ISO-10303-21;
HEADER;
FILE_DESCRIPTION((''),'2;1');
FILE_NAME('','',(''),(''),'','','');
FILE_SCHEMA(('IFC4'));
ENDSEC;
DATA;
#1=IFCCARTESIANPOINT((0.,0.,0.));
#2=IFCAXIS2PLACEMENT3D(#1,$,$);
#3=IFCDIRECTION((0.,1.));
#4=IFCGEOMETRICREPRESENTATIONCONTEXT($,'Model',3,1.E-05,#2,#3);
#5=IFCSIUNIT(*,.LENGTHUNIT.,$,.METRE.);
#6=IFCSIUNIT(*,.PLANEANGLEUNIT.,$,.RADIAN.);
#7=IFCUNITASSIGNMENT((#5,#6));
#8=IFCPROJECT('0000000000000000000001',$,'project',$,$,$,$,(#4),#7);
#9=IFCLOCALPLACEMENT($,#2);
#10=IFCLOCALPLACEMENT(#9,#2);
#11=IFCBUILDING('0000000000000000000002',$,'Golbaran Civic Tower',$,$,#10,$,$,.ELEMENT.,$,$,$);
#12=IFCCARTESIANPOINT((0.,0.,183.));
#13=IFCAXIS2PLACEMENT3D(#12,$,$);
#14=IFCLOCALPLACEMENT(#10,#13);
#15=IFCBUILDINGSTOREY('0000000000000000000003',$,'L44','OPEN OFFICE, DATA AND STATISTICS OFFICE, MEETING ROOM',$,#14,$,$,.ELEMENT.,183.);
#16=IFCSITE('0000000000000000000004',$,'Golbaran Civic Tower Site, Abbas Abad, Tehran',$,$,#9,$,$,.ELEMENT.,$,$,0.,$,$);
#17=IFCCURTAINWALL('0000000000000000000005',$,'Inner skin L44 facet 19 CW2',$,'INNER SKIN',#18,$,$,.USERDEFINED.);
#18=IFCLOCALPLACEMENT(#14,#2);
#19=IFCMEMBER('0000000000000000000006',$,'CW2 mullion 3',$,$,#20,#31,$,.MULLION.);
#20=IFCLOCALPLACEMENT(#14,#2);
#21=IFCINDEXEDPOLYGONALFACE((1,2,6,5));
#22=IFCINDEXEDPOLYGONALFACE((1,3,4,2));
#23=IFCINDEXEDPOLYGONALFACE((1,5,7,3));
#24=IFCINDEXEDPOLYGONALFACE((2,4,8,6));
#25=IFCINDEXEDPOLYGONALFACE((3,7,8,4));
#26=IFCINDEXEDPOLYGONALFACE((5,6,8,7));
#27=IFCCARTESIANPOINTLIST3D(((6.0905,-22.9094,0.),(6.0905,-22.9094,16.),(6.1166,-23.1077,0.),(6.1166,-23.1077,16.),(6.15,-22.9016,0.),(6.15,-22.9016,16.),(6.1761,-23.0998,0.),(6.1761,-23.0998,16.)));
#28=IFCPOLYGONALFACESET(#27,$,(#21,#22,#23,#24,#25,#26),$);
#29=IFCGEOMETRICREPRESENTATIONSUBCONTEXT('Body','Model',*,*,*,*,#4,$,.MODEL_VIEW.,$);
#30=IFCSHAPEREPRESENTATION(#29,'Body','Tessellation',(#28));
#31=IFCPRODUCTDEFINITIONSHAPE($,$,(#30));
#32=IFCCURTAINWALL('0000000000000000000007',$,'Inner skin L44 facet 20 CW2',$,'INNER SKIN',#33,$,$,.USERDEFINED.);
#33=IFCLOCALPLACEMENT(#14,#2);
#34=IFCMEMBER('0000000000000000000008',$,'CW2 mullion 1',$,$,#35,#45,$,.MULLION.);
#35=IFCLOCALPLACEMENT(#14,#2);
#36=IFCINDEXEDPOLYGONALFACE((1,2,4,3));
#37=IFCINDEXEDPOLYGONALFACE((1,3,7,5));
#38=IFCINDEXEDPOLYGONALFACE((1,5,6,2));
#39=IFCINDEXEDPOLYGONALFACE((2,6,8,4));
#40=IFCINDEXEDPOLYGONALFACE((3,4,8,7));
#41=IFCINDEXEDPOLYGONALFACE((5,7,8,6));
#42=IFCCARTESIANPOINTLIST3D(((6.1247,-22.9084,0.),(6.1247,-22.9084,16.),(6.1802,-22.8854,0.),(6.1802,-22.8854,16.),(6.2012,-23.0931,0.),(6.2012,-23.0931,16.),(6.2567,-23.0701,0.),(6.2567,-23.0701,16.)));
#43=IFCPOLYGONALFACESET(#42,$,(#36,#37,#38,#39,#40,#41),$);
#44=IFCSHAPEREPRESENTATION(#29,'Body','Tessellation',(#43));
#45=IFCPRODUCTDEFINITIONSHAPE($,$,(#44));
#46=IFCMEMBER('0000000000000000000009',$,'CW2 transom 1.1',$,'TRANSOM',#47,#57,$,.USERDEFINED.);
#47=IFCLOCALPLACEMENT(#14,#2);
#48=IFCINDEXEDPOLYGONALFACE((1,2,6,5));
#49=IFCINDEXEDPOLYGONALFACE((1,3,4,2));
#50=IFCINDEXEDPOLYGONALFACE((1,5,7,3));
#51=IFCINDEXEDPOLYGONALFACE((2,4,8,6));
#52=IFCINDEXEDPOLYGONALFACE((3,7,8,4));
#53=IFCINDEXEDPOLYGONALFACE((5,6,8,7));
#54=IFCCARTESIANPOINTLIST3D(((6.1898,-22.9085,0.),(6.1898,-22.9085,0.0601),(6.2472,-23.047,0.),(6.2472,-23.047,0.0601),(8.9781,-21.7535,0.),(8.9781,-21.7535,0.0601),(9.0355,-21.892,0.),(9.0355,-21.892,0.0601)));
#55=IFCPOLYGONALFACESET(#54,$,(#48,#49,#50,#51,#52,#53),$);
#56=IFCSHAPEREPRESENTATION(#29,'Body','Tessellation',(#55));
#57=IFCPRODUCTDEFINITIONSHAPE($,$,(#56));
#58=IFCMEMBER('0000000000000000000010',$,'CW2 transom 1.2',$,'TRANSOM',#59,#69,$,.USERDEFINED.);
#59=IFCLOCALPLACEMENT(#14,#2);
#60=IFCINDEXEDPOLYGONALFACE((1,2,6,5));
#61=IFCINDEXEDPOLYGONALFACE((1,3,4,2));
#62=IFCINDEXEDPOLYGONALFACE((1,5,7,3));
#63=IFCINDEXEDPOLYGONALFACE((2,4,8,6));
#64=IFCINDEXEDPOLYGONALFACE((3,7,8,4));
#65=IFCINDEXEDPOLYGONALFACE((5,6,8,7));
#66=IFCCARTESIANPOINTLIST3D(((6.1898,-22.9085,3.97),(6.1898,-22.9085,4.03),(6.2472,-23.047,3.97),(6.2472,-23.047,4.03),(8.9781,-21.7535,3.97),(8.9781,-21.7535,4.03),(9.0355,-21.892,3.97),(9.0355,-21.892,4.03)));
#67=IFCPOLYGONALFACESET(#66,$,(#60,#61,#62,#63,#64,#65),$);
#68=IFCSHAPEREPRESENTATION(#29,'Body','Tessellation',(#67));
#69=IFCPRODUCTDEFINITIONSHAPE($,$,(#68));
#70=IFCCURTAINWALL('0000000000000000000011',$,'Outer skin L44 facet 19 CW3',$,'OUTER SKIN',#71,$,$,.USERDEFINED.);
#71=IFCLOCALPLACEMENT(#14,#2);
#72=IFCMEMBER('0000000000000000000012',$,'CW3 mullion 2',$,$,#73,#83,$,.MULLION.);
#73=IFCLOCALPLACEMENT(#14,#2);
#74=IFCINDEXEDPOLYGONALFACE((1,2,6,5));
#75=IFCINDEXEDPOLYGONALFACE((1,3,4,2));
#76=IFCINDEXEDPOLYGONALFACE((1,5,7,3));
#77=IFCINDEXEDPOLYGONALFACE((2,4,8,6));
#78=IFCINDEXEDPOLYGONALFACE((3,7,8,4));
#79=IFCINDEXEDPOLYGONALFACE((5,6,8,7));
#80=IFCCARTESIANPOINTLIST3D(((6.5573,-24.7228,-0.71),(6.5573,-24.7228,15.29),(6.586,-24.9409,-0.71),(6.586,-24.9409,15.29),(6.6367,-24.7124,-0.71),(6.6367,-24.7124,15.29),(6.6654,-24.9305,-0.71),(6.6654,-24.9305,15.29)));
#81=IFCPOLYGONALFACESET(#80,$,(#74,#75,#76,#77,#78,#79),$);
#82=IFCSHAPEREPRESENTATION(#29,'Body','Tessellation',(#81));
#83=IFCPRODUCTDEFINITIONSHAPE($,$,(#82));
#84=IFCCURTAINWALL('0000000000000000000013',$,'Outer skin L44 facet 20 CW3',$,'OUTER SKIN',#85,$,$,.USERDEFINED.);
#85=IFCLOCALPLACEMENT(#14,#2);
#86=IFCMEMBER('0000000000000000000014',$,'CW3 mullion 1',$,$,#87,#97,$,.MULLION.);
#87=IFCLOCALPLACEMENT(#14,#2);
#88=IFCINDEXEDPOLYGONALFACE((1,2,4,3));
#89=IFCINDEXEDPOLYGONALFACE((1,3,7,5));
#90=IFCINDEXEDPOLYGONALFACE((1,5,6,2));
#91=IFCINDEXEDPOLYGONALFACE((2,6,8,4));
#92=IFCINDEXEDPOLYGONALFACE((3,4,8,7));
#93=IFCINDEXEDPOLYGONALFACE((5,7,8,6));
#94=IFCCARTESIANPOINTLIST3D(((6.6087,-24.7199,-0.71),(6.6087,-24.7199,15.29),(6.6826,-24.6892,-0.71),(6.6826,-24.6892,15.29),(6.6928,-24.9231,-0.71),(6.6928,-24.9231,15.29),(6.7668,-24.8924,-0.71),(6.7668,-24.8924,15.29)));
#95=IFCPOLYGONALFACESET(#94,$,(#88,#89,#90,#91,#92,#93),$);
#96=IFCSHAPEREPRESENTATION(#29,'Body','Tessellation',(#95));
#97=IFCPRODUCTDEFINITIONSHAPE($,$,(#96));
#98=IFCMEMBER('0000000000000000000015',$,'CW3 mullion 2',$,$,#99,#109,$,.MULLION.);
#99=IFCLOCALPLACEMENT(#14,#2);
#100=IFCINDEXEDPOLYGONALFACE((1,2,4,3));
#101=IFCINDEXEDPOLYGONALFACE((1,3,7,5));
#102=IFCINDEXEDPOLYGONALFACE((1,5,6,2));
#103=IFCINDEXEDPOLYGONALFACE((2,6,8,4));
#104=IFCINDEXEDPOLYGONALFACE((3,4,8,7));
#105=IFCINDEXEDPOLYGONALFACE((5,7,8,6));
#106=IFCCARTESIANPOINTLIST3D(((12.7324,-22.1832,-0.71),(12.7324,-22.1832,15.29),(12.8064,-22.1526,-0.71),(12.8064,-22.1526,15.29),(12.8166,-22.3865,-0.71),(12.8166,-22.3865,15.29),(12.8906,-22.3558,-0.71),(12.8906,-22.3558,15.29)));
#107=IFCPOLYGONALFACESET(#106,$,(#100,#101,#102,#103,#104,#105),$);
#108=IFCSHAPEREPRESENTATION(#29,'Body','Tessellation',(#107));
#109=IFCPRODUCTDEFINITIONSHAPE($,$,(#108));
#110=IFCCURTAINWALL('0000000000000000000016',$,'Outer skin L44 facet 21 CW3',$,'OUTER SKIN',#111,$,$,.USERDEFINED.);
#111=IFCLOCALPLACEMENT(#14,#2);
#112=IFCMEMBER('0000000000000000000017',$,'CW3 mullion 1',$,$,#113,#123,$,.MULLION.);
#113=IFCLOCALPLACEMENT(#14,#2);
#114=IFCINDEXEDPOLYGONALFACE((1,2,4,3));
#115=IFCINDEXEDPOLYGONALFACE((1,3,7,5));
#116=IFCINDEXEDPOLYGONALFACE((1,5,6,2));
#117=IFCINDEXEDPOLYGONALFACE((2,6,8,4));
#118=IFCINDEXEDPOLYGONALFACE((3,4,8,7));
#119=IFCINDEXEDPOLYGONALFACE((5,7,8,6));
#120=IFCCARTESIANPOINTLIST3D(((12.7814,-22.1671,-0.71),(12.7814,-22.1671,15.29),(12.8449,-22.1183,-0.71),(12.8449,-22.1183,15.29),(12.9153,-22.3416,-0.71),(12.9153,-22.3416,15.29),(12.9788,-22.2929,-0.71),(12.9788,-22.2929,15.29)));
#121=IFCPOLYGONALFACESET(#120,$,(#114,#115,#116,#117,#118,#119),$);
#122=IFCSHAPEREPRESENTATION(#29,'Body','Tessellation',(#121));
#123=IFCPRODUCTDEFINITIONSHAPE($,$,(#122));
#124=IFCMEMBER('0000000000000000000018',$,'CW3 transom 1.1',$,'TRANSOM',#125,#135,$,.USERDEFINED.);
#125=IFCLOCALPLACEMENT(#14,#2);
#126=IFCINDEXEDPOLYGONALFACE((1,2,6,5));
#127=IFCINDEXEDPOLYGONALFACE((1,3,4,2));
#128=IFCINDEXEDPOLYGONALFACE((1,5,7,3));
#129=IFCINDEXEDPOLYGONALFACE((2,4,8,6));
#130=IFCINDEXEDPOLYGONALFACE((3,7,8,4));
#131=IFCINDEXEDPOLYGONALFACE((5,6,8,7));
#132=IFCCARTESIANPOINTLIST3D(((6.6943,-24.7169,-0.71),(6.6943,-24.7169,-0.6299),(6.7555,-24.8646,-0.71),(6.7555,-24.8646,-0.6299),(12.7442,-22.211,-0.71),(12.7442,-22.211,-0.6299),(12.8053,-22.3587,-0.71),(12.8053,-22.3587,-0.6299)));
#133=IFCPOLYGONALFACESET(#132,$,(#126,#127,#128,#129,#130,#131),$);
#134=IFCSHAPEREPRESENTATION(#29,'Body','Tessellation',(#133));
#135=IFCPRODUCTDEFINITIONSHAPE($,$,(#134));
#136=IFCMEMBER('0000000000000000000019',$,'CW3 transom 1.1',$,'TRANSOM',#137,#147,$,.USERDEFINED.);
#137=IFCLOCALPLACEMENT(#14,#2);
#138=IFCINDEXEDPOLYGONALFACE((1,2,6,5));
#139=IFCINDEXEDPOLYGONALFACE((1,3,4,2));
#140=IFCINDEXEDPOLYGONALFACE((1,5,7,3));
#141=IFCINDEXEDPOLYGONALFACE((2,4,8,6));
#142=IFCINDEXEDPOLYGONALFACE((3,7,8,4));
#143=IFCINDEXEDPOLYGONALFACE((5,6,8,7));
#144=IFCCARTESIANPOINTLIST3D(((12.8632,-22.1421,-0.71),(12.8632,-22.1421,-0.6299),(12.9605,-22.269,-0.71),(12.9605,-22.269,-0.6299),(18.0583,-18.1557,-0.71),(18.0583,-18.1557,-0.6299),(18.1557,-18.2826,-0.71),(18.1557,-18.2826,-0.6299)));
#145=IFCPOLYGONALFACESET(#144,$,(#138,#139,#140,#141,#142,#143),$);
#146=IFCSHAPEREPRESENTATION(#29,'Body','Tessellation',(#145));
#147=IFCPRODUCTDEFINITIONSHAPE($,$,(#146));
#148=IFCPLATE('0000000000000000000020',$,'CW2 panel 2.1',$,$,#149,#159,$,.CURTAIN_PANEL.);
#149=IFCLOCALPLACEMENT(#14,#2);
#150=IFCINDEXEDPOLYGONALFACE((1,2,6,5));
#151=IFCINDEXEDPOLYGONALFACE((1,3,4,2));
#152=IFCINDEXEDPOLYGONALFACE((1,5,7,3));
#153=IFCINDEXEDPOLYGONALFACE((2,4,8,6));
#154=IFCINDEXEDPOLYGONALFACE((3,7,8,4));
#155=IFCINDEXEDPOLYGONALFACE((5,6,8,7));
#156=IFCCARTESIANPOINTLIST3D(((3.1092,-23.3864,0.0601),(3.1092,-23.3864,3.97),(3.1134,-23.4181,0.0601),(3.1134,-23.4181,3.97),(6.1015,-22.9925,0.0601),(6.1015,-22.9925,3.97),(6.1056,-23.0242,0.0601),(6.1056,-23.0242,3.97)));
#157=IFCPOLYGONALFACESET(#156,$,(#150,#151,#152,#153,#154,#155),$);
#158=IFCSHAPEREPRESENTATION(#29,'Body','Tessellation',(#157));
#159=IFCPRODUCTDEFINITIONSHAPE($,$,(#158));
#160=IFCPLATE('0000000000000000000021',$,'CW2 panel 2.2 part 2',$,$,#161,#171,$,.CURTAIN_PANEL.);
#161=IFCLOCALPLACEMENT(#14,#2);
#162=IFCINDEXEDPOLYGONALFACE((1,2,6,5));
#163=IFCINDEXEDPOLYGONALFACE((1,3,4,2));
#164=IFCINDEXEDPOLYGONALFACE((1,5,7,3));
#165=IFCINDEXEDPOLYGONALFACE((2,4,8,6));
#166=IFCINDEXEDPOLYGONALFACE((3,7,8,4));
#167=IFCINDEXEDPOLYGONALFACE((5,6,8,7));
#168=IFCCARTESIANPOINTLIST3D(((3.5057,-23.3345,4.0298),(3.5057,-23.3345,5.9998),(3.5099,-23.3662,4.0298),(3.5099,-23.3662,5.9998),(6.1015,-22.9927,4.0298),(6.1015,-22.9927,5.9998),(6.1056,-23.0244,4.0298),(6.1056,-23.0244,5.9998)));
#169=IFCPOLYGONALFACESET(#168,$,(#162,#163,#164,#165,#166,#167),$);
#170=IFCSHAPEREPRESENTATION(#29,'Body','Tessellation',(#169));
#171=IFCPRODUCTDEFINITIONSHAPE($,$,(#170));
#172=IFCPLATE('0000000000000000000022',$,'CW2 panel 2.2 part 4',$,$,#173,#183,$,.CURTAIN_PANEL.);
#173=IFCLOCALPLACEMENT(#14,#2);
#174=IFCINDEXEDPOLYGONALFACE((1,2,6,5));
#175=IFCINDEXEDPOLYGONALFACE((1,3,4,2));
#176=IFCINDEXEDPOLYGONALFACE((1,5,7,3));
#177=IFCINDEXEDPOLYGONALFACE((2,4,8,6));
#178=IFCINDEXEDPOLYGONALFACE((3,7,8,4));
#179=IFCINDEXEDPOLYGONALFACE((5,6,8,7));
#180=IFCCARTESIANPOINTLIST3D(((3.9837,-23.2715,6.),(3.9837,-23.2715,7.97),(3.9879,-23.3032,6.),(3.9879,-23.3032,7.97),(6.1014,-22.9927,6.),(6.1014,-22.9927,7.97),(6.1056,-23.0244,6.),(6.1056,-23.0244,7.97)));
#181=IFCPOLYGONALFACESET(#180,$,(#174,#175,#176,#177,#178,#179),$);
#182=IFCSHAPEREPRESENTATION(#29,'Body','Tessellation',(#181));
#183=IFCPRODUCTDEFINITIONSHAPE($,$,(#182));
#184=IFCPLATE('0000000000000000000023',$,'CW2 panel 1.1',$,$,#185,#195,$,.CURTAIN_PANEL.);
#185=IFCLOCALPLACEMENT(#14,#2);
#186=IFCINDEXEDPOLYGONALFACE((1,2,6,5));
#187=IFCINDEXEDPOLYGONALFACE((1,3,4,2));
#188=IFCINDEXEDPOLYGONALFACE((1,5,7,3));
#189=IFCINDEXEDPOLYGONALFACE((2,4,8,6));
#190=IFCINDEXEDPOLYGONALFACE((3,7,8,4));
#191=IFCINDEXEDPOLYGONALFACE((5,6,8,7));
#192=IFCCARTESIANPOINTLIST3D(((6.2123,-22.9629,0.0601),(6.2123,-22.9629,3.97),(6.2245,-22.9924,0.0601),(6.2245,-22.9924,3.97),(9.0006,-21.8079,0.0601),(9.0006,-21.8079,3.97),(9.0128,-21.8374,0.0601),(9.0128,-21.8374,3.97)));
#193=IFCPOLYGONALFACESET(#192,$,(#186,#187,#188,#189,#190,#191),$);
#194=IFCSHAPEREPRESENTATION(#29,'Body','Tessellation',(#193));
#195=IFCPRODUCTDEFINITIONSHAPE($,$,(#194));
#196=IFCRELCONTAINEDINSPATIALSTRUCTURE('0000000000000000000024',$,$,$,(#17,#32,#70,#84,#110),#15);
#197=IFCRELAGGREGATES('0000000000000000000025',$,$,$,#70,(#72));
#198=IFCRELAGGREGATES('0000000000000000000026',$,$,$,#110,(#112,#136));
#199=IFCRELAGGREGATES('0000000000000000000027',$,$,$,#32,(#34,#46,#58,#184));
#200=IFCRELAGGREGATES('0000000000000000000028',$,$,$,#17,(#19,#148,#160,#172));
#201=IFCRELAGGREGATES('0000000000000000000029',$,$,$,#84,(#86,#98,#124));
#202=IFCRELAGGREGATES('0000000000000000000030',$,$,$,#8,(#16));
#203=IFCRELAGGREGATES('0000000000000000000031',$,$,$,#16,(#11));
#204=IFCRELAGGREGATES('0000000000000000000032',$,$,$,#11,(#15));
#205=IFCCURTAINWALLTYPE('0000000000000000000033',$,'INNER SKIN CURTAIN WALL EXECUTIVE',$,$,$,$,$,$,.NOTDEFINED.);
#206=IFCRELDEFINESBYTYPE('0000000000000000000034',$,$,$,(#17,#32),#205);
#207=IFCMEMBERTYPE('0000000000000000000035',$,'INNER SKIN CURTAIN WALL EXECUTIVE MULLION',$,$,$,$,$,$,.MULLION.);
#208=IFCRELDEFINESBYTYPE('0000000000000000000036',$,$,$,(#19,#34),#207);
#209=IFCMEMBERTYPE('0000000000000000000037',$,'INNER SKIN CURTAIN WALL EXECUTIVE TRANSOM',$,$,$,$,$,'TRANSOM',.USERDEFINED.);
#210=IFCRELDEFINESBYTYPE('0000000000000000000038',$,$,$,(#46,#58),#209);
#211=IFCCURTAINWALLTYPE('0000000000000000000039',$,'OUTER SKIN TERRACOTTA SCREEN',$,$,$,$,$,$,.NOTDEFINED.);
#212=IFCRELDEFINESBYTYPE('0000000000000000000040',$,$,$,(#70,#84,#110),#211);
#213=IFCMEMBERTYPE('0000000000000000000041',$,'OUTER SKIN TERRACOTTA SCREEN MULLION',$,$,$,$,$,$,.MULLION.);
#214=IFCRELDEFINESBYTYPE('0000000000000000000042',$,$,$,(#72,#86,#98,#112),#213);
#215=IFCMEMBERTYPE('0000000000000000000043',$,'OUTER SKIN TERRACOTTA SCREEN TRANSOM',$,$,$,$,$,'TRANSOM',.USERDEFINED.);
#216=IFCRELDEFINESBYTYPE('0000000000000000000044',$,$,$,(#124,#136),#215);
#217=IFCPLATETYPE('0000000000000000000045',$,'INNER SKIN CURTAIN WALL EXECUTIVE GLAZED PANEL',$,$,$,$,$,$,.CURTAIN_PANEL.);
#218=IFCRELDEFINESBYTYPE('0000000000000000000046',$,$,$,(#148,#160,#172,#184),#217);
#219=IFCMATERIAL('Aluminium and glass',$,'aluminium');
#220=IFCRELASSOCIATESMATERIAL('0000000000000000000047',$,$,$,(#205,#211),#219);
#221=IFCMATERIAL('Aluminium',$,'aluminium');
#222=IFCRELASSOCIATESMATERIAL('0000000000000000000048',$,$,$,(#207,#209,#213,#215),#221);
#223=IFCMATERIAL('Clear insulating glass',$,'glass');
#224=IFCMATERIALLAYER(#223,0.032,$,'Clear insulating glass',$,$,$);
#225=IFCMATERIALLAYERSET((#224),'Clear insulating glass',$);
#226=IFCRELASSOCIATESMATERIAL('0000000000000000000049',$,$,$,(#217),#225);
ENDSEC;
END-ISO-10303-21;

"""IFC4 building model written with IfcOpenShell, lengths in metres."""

from ifc_helpers import new_model, si_unit, direction, frame, origin, origin_2d, place, context, subcontext, project, spatial, rectangle, extrude, material, layer, layer_set, material_profile, profile_set, type_object, element, aggregate, save


model = new_model("IFC4")

# Units and contexts
model_context = context("Model", 3, precision=1e-05, world=origin(), true_north=direction((0.0, 1.0)))
body_context = subcontext(model_context, "Body", "Model", "MODEL_VIEW")
ifc_project = project(units=[si_unit("LENGTHUNIT", "METRE"), si_unit("PLANEANGLEUNIT", "RADIAN")], contexts=[model_context])

# Site, building, storey
site_placement = place(None, origin())
site = spatial("IfcSite", under=ifc_project, at=site_placement, Name="Golbaran Civic Tower Site, Abbas Abad, Tehran", CompositionType="ELEMENT", RefElevation=0.0)
building_placement = place(site_placement, origin())
building = spatial("IfcBuilding", under=site, at=building_placement, Name="Golbaran Civic Tower", CompositionType="ELEMENT")
storey_placement = place(building_placement, frame((0.0, 0.0, 183.0)))
storey = spatial("IfcBuildingStorey", under=building, at=storey_placement, Name="L44", Description="OPEN OFFICE, DATA AND STATISTICS OFFICE, MEETING ROOM", CompositionType="ELEMENT", Elevation=183.0)

# Curtain wall, member
ifc_material_1 = material(Name="Aluminium and glass", Category="aluminium")
curtain_wall_type_1 = type_object("IfcCurtainWallType", Name="INNER SKIN CURTAIN WALL EXECUTIVE", PredefinedType="NOTDEFINED", material=ifc_material_1)
curtain_wall_1_placement = place(storey_placement, origin())
curtain_wall_1 = element("IfcCurtainWall", 1, at=curtain_wall_1_placement, inside=storey, type_object=curtain_wall_type_1, Name="Inner skin L44 facet 19 CW2", ObjectType="INNER SKIN", PredefinedType="USERDEFINED")
ifc_material_2 = material(Name="Aluminium", Category="aluminium")
ifc_material_profile_1 = material_profile(ifc_material_2, rectangle(XDim=0.2, YDim=0.0601, at=origin_2d()), Name="INNER SKIN CURTAIN WALL EXECUTIVE MULLION")
ifc_profile_set_1 = profile_set([ifc_material_profile_1], Name="Aluminium")
member_type_1 = type_object("IfcMemberType", Name="INNER SKIN CURTAIN WALL EXECUTIVE MULLION", PredefinedType="MULLION", material=ifc_profile_set_1)
member_1_placement = place(storey_placement, frame((6.1333, -23.0046, 0.0), z_axis=(0.0, 0.0, 1.0), x_axis=(-0.130526, 0.991445, 0.0)))
member_1 = element("IfcMember", 2, at=member_1_placement, type_object=member_type_1, Name="CW2 mullion 3", PredefinedType="MULLION", context=body_context, shape_type="SweptSolid", body=[
    extrude(rectangle(XDim=0.2, YDim=0.0601, at=origin_2d()), origin(), (0.0, 0.0, 1.0), 16.0),
])

# Curtain wall, members
curtain_wall_2_placement = place(storey_placement, origin())
curtain_wall_2 = element("IfcCurtainWall", 3, at=curtain_wall_2_placement, inside=storey, type_object=curtain_wall_type_1, Name="Inner skin L44 facet 20 CW2", ObjectType="INNER SKIN", PredefinedType="USERDEFINED")
member_2_placement = place(storey_placement, frame((6.1907, -22.9893, 0.0), z_axis=(0.0, 0.0, 1.0), x_axis=(-0.382683, 0.92388, 0.0)))
member_2 = element("IfcMember", 4, at=member_2_placement, type_object=member_type_1, Name="CW2 mullion 1", PredefinedType="MULLION", context=body_context, shape_type="SweptSolid", body=[
    extrude(rectangle(XDim=0.2, YDim=0.0601, at=origin_2d()), origin(), (0.0, 0.0, 1.0), 16.0),
])
ifc_material_profile_2 = material_profile(ifc_material_2, rectangle(XDim=0.1499, YDim=0.0601, at=origin_2d()), Name="INNER SKIN CURTAIN WALL EXECUTIVE TRANSOM")
ifc_profile_set_2 = profile_set([ifc_material_profile_2], Name="Aluminium")
member_type_2 = type_object("IfcMemberType", Name="INNER SKIN CURTAIN WALL EXECUTIVE TRANSOM", ElementType="TRANSOM", PredefinedType="USERDEFINED", material=ifc_profile_set_2)
member_3_placement = place(storey_placement, frame((6.2185, -22.9778, 0.03), z_axis=(0.923872, 0.382702, 0.0), x_axis=(-0.382702, 0.923872, 0.0)))
member_3 = element("IfcMember", 5, at=member_3_placement, type_object=member_type_2, Name="CW2 transom 1.1", ObjectType="TRANSOM", PredefinedType="USERDEFINED", context=body_context, shape_type="SweptSolid", body=[
    extrude(rectangle(XDim=0.1499, YDim=0.0601, at=origin_2d()), origin(), (0.0, 0.0, 1.0), 3.0181),
])
member_4_placement = place(storey_placement, frame((6.2185, -22.9778, 4.0), z_axis=(0.923872, 0.382702, 0.0), x_axis=(-0.382702, 0.923872, 0.0)))
member_4 = element("IfcMember", 6, at=member_4_placement, type_object=member_type_2, Name="CW2 transom 1.2", ObjectType="TRANSOM", PredefinedType="USERDEFINED", context=body_context, shape_type="SweptSolid", body=[
    extrude(rectangle(XDim=0.1499, YDim=0.0601, at=origin_2d()), origin(), (0.0, 0.0, 1.0), 3.0181),
])

# Curtain wall, member
curtain_wall_type_2 = type_object("IfcCurtainWallType", Name="OUTER SKIN TERRACOTTA SCREEN", PredefinedType="NOTDEFINED", material=ifc_material_1)
curtain_wall_3_placement = place(storey_placement, origin())
curtain_wall_3 = element("IfcCurtainWall", 7, at=curtain_wall_3_placement, inside=storey, type_object=curtain_wall_type_2, Name="Outer skin L44 facet 19 CW3", ObjectType="OUTER SKIN", PredefinedType="USERDEFINED")
ifc_material_profile_3 = material_profile(ifc_material_2, rectangle(XDim=0.22, YDim=0.0801, at=origin_2d()), Name="OUTER SKIN TERRACOTTA SCREEN MULLION")
ifc_profile_set_3 = profile_set([ifc_material_profile_3], Name="Aluminium")
member_type_3 = type_object("IfcMemberType", Name="OUTER SKIN TERRACOTTA SCREEN MULLION", PredefinedType="MULLION", material=ifc_profile_set_3)
member_5_placement = place(storey_placement, frame((6.6113, -24.8267, -0.71), z_axis=(0.0, 0.0, 1.0), x_axis=(-0.130526, 0.991445, 0.0)))
member_5 = element("IfcMember", 8, at=member_5_placement, type_object=member_type_3, Name="CW3 mullion 2", PredefinedType="MULLION", context=body_context, shape_type="SweptSolid", body=[
    extrude(rectangle(XDim=0.22, YDim=0.0801, at=origin_2d()), origin(), (0.0, 0.0, 1.0), 16.0),
])
aggregate(curtain_wall_3, [member_5])

# Curtain wall, members
curtain_wall_4_placement = place(storey_placement, origin())
curtain_wall_4 = element("IfcCurtainWall", 9, at=curtain_wall_4_placement, inside=storey, type_object=curtain_wall_type_2, Name="Outer skin L44 facet 20 CW3", ObjectType="OUTER SKIN", PredefinedType="USERDEFINED")
member_6_placement = place(storey_placement, frame((6.6877, -24.8062, -0.71), z_axis=(0.0, 0.0, 1.0), x_axis=(-0.382683, 0.92388, 0.0)))
member_6 = element("IfcMember", 10, at=member_6_placement, type_object=member_type_3, Name="CW3 mullion 1", PredefinedType="MULLION", context=body_context, shape_type="SweptSolid", body=[
    extrude(rectangle(XDim=0.22, YDim=0.0801, at=origin_2d()), origin(), (0.0, 0.0, 1.0), 16.0),
])
member_7_placement = place(storey_placement, frame((12.8115, -22.2695, -0.71), z_axis=(0.0, 0.0, 1.0), x_axis=(-0.382683, 0.92388, 0.0)))
member_7 = element("IfcMember", 11, at=member_7_placement, type_object=member_type_3, Name="CW3 mullion 2", PredefinedType="MULLION", context=body_context, shape_type="SweptSolid", body=[
    extrude(rectangle(XDim=0.22, YDim=0.0801, at=origin_2d()), origin(), (0.0, 0.0, 1.0), 16.0),
])

# Curtain wall, member
curtain_wall_5_placement = place(storey_placement, origin())
curtain_wall_5 = element("IfcCurtainWall", 12, at=curtain_wall_5_placement, inside=storey, type_object=curtain_wall_type_2, Name="Outer skin L44 facet 21 CW3", ObjectType="OUTER SKIN", PredefinedType="USERDEFINED")
member_8_placement = place(storey_placement, frame((12.8801, -22.23, -0.71), z_axis=(0.0, 0.0, 1.0), x_axis=(-0.608761, 0.793353, 0.0)))
member_8 = element("IfcMember", 13, at=member_8_placement, type_object=member_type_3, Name="CW3 mullion 1", PredefinedType="MULLION", context=body_context, shape_type="SweptSolid", body=[
    extrude(rectangle(XDim=0.22, YDim=0.0801, at=origin_2d()), origin(), (0.0, 0.0, 1.0), 16.0),
])

# Members
ifc_material_profile_4 = material_profile(ifc_material_2, rectangle(XDim=0.1599, YDim=0.0801, at=origin_2d()), Name="OUTER SKIN TERRACOTTA SCREEN TRANSOM")
ifc_profile_set_4 = profile_set([ifc_material_profile_4], Name="Aluminium")
member_type_4 = type_object("IfcMemberType", Name="OUTER SKIN TERRACOTTA SCREEN TRANSOM", ElementType="TRANSOM", PredefinedType="USERDEFINED", material=ifc_profile_set_4)
member_9_placement = place(storey_placement, frame((6.7249, -24.7908, -0.6699), z_axis=(0.923882, 0.382677, 0.0), x_axis=(-0.382677, 0.923882, 0.0)))
member_9 = element("IfcMember", 14, at=member_9_placement, type_object=member_type_4, Name="CW3 transom 1.1", ObjectType="TRANSOM", PredefinedType="USERDEFINED", context=body_context, shape_type="SweptSolid", body=[
    extrude(rectangle(XDim=0.1599, YDim=0.0801, at=origin_2d()), origin(), (0.0, 0.0, 1.0), 6.5483),
])
member_10_placement = place(storey_placement, frame((12.9119, -22.2056, -0.6699), z_axis=(0.793352, 0.608763, 0.0), x_axis=(-0.608763, 0.793352, 0.0)))
member_10 = element("IfcMember", 15, at=member_10_placement, type_object=member_type_4, Name="CW3 transom 1.1", ObjectType="TRANSOM", PredefinedType="USERDEFINED", context=body_context, shape_type="SweptSolid", body=[
    extrude(rectangle(XDim=0.1599, YDim=0.0801, at=origin_2d()), origin(), (0.0, 0.0, 1.0), 6.5483),
])
aggregate(curtain_wall_5, [member_8, member_10])

# Plates
ifc_material_3 = material(Name="Clear insulating glass", Category="glass")
ifc_layer_1 = layer(ifc_material_3, 0.032, Name="Clear insulating glass")
ifc_layer_set_1 = layer_set([ifc_layer_1], Name="Clear insulating glass")
plate_type_1 = type_object("IfcPlateType", Name="INNER SKIN CURTAIN WALL EXECUTIVE GLAZED PANEL", PredefinedType="CURTAIN_PANEL", material=ifc_layer_set_1)
plate_1_placement = place(storey_placement, frame((4.6074, -23.2053, 0.0601), z_axis=(0.0, 0.0, 1.0), x_axis=(0.991445, 0.130526, 0.0)))
plate_1 = element("IfcPlate", 16, at=plate_1_placement, type_object=plate_type_1, Name="CW2 panel 2.1", PredefinedType="CURTAIN_PANEL", context=body_context, shape_type="SweptSolid", body=[
    extrude(rectangle(XDim=3.0181, YDim=0.032, at=origin_2d()), origin(), (0.0, 0.0, 1.0), 3.9099),
])
plate_2_placement = place(storey_placement, frame((4.8057, -23.1794, 4.0298), z_axis=(0.0, 0.0, 1.0), x_axis=(0.991445, 0.130526, 0.0)))
plate_2 = element("IfcPlate", 17, at=plate_2_placement, type_object=plate_type_1, Name="CW2 panel 2.2 part 2", PredefinedType="CURTAIN_PANEL", context=body_context, shape_type="SweptSolid", body=[
    extrude(rectangle(XDim=2.6182, YDim=0.032, at=origin_2d()), origin(), (0.0, 0.0, 1.0), 1.97),
])
plate_3_placement = place(storey_placement, frame((5.0447, -23.1479, 6.0), z_axis=(0.0, 0.0, 1.0), x_axis=(0.991445, 0.130526, 0.0)))
plate_3 = element("IfcPlate", 18, at=plate_3_placement, type_object=plate_type_1, Name="CW2 panel 2.2 part 4", PredefinedType="CURTAIN_PANEL", context=body_context, shape_type="SweptSolid", body=[
    extrude(rectangle(XDim=2.136, YDim=0.032, at=origin_2d()), origin(), (0.0, 0.0, 1.0), 1.97),
])
plate_4_placement = place(storey_placement, frame((7.6125, -22.4001, 0.0601), z_axis=(0.0, 0.0, 1.0), x_axis=(0.92388, 0.382683, 0.0)))
plate_4 = element("IfcPlate", 19, at=plate_4_placement, type_object=plate_type_1, Name="CW2 panel 1.1", PredefinedType="CURTAIN_PANEL", context=body_context, shape_type="SweptSolid", body=[
    extrude(rectangle(XDim=3.0181, YDim=0.032, at=origin_2d()), origin(), (0.0, 0.0, 1.0), 3.9099),
])
aggregate(curtain_wall_2, [member_2, member_3, member_4, plate_4])
aggregate(curtain_wall_1, [member_1, plate_1, plate_2, plate_3])
aggregate(curtain_wall_4, [member_6, member_7, member_9])

save(model, "model.ifc")
